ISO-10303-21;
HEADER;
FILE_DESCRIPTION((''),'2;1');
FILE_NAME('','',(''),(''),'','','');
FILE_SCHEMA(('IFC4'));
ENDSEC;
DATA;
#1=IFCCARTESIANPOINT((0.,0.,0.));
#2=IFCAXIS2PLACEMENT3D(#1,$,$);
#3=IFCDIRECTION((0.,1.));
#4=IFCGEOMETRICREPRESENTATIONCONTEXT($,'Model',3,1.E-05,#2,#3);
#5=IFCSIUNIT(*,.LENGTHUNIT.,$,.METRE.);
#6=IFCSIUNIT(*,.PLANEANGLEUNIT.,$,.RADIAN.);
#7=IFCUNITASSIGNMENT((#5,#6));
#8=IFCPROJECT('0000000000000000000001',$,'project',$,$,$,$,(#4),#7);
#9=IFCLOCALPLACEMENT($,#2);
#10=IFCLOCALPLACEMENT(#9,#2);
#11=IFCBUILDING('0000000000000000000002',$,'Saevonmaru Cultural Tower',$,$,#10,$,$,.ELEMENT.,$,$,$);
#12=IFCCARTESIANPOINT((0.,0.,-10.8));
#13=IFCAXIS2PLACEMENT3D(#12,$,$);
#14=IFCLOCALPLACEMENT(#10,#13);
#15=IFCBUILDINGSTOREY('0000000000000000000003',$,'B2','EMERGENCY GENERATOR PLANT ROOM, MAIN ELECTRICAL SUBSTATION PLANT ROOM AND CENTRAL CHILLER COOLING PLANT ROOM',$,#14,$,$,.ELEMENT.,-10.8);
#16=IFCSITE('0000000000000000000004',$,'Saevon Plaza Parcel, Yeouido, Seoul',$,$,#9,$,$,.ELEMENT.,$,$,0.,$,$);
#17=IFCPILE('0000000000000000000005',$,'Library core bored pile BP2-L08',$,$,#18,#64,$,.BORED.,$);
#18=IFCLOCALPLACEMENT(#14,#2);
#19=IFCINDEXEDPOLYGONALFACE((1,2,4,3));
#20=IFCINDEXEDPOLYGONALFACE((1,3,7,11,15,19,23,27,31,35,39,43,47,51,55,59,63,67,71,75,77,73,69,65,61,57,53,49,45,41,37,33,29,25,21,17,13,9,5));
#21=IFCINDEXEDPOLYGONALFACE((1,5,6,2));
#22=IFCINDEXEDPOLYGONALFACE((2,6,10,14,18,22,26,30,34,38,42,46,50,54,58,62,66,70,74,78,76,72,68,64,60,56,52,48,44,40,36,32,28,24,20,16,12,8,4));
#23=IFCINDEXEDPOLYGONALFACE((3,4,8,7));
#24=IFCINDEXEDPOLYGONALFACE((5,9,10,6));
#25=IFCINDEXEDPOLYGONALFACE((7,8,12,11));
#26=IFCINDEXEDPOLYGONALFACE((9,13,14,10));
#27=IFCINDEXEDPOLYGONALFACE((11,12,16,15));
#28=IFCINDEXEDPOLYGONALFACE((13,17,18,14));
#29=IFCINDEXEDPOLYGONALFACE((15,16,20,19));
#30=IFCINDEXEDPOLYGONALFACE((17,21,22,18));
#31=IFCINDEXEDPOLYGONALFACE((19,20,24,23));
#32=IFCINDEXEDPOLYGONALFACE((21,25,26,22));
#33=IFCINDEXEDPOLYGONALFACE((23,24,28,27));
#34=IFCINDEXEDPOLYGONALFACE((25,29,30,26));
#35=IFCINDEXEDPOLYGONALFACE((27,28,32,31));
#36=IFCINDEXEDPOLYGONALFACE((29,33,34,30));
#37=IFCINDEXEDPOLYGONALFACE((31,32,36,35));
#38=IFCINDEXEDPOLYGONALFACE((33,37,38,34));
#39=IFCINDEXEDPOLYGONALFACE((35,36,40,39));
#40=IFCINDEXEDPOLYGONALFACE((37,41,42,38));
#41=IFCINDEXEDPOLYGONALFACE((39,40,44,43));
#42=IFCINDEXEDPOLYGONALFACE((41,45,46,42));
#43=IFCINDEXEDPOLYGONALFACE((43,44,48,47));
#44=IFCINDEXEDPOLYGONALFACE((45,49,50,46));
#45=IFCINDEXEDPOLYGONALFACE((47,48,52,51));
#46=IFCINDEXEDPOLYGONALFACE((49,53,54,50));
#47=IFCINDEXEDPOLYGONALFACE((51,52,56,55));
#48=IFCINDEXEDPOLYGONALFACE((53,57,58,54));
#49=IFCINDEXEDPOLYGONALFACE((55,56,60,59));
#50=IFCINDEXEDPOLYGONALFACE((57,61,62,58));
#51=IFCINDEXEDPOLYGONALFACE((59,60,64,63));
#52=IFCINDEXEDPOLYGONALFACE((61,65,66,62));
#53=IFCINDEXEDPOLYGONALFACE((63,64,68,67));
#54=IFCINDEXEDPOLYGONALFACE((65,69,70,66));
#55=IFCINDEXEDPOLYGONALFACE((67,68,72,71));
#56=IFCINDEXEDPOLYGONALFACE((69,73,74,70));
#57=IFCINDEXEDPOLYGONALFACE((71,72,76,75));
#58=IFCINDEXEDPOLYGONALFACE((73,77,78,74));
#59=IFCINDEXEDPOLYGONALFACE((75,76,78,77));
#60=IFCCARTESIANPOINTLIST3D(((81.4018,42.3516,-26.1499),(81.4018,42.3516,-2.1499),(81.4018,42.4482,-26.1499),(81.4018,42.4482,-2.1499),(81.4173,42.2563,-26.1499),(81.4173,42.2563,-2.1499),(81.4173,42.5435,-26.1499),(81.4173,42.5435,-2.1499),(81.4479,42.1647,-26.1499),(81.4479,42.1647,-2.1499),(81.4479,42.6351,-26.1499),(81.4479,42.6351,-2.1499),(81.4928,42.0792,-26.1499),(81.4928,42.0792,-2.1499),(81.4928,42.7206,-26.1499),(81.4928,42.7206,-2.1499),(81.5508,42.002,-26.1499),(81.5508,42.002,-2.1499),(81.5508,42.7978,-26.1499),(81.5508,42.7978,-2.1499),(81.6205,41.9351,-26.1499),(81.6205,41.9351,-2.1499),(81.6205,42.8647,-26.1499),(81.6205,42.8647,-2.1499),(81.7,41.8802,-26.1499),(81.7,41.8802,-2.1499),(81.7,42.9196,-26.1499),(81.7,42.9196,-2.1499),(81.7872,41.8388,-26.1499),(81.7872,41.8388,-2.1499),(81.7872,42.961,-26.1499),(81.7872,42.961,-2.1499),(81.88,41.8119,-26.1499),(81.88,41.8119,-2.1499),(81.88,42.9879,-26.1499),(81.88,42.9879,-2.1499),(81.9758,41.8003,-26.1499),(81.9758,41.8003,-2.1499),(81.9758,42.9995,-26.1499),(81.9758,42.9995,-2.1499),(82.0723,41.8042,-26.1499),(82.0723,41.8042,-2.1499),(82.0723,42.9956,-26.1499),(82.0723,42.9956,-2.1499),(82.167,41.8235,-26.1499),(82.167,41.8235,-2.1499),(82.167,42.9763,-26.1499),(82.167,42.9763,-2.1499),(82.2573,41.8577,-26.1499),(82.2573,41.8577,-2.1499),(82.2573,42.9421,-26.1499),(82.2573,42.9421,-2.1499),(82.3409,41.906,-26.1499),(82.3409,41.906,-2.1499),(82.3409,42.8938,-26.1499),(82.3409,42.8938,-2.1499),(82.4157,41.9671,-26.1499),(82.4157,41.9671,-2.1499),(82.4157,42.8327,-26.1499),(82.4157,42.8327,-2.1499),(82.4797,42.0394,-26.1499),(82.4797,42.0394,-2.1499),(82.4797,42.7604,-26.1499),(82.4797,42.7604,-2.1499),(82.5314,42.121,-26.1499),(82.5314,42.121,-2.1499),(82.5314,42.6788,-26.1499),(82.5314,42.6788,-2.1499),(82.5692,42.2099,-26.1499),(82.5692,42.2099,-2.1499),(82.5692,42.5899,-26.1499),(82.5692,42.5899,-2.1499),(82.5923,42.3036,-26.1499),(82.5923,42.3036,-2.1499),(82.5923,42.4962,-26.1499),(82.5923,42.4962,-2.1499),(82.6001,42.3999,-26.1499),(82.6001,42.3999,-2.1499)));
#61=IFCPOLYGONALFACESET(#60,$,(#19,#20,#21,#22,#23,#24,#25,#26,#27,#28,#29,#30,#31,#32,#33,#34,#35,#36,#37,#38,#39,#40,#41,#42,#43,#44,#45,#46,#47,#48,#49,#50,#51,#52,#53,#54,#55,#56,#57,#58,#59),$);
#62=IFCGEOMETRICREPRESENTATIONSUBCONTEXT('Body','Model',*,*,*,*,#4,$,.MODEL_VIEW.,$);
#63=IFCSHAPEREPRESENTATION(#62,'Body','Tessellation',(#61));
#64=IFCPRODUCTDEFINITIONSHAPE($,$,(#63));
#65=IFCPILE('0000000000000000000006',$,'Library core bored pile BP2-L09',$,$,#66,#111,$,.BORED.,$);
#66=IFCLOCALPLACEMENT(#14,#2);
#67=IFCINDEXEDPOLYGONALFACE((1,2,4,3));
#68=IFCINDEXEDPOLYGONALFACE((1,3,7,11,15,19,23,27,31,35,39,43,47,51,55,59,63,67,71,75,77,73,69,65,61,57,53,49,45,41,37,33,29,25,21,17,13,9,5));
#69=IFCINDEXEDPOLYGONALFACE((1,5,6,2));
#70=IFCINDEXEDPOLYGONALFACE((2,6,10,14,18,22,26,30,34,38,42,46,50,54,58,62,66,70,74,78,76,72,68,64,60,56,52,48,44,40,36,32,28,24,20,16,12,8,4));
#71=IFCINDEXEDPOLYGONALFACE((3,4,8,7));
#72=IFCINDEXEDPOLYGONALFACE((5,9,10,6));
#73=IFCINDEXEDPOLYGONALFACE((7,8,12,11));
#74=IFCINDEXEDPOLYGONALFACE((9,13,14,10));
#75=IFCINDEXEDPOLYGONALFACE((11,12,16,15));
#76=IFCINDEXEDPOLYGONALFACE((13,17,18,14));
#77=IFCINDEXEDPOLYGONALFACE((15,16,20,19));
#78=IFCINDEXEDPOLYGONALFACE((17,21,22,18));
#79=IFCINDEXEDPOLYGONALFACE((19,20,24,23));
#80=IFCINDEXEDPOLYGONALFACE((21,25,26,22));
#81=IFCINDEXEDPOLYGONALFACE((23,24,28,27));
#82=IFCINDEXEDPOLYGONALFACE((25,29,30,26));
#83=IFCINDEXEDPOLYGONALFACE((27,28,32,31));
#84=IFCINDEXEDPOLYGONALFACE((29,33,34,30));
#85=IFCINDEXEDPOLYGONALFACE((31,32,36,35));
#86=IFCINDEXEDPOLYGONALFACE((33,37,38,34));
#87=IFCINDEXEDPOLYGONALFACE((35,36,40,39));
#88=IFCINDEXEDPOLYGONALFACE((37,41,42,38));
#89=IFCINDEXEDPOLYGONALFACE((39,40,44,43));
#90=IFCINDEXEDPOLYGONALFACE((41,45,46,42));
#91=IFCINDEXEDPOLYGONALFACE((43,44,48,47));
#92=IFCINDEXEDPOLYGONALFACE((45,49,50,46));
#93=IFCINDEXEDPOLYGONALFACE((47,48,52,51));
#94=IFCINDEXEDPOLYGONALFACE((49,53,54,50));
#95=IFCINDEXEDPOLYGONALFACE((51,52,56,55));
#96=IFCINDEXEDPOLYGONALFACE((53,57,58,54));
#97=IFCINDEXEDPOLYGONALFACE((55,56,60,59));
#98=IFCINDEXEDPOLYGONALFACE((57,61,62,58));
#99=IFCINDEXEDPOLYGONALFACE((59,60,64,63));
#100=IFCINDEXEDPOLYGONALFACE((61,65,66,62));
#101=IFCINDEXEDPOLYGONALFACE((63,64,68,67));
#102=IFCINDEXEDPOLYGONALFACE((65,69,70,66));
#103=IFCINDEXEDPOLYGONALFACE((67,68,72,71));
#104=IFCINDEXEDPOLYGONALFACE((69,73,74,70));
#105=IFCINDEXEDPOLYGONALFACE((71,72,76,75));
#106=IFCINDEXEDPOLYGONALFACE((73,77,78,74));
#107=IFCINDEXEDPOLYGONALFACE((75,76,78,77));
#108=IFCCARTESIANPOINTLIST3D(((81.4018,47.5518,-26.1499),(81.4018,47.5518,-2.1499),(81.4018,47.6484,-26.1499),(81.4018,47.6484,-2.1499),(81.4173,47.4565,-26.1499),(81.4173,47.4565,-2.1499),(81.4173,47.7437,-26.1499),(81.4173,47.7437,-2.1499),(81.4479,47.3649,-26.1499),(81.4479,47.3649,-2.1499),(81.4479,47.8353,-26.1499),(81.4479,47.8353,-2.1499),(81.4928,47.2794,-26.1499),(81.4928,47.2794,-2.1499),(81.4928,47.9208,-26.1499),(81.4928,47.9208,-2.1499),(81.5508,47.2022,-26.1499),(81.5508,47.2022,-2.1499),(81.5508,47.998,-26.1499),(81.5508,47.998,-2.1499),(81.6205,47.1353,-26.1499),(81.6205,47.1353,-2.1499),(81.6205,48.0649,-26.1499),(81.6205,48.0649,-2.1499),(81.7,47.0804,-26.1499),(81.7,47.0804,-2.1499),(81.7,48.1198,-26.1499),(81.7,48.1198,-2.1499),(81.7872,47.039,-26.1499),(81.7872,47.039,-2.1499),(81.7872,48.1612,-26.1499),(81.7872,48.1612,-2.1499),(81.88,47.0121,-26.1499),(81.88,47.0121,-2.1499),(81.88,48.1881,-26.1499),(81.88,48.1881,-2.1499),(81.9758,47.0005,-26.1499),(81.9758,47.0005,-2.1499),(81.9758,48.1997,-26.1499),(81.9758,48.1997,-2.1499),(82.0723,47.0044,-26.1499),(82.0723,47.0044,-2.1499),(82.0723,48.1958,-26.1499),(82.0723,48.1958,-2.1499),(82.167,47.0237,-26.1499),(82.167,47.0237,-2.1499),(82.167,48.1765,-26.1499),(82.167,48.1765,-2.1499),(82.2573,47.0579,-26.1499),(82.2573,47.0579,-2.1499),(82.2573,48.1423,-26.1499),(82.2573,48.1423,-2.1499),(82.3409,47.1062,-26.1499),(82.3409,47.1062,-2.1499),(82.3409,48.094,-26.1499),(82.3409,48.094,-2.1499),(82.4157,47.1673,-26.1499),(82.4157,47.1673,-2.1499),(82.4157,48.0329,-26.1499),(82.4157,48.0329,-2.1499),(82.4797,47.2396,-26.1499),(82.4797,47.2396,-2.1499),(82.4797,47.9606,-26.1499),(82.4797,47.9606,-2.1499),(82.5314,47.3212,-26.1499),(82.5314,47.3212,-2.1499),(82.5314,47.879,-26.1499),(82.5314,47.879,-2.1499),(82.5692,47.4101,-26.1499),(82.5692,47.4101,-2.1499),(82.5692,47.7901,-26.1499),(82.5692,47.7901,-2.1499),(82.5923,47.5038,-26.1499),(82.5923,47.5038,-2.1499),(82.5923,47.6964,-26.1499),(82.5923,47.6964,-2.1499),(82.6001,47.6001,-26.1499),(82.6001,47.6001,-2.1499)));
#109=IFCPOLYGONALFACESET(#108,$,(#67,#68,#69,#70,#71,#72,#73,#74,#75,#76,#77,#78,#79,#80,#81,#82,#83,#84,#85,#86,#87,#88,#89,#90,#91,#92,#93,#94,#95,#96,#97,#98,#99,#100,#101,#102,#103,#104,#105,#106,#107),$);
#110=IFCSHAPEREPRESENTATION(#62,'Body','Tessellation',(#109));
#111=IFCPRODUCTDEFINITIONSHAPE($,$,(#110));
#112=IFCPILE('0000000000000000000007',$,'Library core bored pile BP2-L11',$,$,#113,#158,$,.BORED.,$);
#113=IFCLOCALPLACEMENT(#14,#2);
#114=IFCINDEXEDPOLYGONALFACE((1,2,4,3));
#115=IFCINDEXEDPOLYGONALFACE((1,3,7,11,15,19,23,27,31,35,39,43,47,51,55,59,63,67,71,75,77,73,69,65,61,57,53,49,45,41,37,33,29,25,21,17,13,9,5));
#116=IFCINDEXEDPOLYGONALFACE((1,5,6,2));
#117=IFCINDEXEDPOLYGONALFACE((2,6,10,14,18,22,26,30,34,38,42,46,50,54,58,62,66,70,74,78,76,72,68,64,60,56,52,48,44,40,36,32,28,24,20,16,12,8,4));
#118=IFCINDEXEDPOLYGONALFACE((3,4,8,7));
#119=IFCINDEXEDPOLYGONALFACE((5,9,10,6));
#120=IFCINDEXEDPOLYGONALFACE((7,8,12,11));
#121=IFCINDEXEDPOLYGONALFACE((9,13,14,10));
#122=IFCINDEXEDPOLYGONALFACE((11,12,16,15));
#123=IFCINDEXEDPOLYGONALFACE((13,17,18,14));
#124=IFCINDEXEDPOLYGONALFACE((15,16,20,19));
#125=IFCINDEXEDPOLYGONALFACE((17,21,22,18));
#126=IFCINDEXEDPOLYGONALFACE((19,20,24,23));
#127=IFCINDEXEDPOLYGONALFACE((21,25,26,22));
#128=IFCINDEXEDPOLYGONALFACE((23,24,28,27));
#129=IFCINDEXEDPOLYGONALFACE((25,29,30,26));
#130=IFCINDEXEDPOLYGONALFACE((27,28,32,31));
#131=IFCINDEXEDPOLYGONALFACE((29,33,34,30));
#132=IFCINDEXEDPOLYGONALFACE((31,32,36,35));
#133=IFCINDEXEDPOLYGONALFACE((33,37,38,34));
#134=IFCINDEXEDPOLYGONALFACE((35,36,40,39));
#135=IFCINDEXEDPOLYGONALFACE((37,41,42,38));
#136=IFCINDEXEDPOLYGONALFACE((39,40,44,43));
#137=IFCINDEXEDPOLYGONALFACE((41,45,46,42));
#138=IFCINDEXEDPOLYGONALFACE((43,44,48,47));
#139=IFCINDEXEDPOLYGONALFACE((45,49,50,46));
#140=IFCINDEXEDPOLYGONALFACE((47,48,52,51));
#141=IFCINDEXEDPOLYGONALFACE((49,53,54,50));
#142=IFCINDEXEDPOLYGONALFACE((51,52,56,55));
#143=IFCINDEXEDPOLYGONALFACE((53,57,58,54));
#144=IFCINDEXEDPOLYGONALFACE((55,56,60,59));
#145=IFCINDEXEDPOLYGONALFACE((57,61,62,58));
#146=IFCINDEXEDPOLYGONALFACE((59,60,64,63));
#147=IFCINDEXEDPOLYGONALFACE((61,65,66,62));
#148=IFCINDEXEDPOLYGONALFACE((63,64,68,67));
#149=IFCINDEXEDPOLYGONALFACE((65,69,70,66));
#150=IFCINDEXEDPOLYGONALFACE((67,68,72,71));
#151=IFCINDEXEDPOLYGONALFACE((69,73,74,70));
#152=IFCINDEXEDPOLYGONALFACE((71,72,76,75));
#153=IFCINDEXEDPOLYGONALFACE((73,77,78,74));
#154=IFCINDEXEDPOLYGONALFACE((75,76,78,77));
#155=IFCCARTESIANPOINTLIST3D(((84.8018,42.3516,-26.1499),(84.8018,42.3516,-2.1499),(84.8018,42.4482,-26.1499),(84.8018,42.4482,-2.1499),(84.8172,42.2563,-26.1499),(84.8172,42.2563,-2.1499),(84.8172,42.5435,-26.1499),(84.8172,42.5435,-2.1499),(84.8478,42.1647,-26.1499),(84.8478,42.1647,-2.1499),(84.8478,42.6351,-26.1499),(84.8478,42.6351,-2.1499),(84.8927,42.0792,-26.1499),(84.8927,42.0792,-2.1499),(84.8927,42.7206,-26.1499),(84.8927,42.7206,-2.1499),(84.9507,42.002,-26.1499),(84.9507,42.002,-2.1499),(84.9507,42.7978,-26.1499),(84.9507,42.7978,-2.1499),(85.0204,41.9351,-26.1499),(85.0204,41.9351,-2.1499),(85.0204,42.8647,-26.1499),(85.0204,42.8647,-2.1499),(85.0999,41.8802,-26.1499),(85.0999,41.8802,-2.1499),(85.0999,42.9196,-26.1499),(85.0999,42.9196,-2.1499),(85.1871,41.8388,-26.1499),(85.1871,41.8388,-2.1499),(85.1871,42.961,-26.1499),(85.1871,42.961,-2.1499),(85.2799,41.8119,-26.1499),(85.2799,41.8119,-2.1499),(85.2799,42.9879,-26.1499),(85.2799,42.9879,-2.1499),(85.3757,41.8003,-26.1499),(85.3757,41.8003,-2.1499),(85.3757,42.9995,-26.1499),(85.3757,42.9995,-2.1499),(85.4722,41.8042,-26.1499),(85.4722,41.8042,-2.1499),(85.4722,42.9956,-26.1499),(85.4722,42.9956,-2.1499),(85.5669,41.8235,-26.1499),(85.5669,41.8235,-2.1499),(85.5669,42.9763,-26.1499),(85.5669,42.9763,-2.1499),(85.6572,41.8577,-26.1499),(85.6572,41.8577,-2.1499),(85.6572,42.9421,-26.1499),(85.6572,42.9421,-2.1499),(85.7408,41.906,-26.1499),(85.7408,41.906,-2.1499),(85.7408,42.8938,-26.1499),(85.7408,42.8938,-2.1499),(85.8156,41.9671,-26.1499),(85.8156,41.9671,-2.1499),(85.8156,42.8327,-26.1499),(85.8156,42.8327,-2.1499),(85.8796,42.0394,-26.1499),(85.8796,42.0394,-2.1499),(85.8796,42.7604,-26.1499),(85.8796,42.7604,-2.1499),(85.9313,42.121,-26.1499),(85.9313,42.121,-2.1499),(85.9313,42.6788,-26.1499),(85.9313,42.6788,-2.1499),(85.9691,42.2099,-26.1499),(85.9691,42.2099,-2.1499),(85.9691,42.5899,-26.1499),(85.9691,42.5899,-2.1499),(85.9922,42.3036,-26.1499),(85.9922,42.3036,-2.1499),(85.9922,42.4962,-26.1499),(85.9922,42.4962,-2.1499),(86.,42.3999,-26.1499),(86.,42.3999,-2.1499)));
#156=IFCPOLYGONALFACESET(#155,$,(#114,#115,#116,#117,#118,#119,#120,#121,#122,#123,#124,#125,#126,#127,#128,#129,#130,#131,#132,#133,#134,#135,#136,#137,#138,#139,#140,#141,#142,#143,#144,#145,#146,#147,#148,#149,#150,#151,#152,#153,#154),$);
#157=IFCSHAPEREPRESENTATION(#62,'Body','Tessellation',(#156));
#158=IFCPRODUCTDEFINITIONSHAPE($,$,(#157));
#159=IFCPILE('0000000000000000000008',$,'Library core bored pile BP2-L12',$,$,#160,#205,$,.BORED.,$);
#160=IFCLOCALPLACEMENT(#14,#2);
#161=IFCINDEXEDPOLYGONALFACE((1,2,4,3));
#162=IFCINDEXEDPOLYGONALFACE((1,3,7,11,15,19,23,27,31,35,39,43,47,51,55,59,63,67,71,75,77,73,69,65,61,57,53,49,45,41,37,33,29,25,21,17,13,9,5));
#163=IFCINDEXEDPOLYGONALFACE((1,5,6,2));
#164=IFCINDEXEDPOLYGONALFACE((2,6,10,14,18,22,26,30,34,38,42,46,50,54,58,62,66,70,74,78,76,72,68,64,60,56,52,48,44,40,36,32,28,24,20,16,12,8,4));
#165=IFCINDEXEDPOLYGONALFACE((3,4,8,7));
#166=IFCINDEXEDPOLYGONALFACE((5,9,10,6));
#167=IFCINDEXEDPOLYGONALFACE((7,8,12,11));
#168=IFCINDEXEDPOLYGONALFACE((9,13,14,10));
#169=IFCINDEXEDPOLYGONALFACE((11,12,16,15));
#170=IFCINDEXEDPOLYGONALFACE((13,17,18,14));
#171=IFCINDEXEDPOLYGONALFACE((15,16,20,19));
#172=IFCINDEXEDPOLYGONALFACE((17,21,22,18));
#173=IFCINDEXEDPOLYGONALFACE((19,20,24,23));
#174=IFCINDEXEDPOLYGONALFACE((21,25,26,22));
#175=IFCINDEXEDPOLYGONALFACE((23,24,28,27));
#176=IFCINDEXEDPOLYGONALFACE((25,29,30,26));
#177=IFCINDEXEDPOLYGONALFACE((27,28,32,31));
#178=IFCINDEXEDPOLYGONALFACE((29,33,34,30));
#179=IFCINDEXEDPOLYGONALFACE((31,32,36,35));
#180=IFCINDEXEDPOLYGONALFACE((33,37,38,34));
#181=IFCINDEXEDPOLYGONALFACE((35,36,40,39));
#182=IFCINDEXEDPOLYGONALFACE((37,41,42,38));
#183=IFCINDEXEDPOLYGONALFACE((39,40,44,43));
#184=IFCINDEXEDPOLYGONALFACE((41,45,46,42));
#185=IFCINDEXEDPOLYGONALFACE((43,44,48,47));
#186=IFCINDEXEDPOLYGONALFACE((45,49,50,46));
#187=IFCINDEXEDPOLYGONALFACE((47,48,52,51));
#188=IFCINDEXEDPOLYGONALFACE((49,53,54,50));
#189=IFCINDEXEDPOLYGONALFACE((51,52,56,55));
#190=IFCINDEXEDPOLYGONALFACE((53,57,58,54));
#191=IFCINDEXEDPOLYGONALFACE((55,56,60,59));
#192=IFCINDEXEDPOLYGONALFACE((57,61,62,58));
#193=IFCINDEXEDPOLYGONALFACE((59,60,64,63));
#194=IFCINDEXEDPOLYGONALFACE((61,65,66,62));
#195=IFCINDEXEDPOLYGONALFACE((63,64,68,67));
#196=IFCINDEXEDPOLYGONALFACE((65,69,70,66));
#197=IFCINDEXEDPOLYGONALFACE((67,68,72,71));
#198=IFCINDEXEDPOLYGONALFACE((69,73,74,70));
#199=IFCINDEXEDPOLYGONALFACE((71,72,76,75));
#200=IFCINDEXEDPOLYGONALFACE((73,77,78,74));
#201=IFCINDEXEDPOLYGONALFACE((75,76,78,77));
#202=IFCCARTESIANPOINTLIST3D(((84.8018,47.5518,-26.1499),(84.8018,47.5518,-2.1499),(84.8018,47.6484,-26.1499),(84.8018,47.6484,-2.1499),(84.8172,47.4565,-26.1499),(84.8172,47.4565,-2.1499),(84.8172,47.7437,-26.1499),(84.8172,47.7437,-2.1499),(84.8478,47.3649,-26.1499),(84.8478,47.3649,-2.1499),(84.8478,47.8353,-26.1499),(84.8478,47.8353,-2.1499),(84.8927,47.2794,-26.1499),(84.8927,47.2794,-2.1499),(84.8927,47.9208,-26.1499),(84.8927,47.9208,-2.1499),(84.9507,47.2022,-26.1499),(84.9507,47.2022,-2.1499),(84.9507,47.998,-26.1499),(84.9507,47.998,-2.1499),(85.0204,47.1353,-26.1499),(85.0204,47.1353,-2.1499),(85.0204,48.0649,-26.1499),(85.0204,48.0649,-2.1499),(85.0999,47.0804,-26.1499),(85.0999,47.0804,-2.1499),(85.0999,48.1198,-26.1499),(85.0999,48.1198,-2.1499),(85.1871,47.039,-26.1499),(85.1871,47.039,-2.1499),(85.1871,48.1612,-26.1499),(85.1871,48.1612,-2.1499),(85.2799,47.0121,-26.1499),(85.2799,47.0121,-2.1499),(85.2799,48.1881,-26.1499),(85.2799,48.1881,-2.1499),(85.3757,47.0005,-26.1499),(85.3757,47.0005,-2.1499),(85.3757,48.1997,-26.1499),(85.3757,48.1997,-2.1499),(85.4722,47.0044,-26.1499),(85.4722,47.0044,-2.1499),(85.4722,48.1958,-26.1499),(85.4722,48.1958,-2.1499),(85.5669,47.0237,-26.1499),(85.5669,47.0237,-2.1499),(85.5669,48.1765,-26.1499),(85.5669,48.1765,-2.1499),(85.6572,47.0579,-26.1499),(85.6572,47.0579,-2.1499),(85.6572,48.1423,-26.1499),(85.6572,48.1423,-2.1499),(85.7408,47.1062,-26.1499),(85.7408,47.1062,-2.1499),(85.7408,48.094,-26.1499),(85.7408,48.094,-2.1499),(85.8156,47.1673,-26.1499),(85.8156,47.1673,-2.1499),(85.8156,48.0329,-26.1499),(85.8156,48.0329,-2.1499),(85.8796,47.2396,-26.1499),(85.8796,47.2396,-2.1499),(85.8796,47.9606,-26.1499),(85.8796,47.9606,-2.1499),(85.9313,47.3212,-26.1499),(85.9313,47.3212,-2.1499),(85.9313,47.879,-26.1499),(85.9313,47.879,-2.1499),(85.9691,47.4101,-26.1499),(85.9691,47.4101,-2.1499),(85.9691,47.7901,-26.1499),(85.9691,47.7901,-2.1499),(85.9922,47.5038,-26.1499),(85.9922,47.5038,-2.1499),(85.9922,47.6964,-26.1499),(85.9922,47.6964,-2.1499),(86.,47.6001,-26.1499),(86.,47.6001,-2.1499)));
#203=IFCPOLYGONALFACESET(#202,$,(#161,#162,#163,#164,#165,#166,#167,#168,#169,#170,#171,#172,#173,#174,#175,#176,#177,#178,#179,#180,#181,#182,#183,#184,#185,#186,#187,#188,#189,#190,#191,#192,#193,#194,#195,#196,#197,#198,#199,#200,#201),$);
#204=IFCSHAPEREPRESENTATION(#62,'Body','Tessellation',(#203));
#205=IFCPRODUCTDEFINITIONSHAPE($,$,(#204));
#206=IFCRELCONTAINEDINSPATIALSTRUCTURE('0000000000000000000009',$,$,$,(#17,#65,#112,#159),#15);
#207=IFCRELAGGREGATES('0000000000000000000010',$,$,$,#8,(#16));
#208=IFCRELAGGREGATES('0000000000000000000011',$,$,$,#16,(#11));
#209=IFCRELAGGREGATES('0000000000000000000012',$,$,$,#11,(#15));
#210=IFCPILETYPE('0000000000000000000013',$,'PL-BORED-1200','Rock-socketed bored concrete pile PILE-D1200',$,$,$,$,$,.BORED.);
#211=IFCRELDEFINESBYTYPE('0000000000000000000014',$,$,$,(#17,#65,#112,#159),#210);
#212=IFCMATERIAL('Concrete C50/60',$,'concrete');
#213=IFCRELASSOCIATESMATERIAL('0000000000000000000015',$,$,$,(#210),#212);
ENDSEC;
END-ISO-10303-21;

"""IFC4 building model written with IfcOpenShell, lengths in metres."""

from ifc_helpers import new_model, si_unit, direction, frame, origin, origin_2d, place, context, subcontext, project, spatial, circle, extrude, material, material_profile, profile_set, type_object, element, save


model = new_model("IFC4")

# Units and contexts
model_context = context("Model", 3, precision=1e-05, world=origin(), true_north=direction((0.0, 1.0)))
body_context = subcontext(model_context, "Body", "Model", "MODEL_VIEW")
ifc_project = project(units=[si_unit("LENGTHUNIT", "METRE"), si_unit("PLANEANGLEUNIT", "RADIAN")], contexts=[model_context])

# Site, building, storey
site_placement = place(None, origin())
site = spatial("IfcSite", under=ifc_project, at=site_placement, Name="Saevon Plaza Parcel, Yeouido, Seoul", CompositionType="ELEMENT", RefElevation=0.0)
building_placement = place(site_placement, origin())
building = spatial("IfcBuilding", under=site, at=building_placement, Name="Saevonmaru Cultural Tower", CompositionType="ELEMENT")
storey_placement = place(building_placement, frame((0.0, 0.0, -10.8)))
storey = spatial("IfcBuildingStorey", under=building, at=storey_placement, Name="B2", Description="EMERGENCY GENERATOR PLANT ROOM, MAIN ELECTRICAL SUBSTATION PLANT ROOM AND CENTRAL CHILLER COOLING PLANT ROOM", CompositionType="ELEMENT", Elevation=-10.8)

# Shared definitions
ifc_material_1 = material(Name="Concrete C50/60", Category="concrete")

# Piles
ifc_material_profile_1 = material_profile(ifc_material_1, circle(Radius=0.6001, at=origin_2d()), Name="PILE-D1200")
ifc_profile_set_1 = profile_set([ifc_material_profile_1], Name="Concrete C50/60")
pile_type_1 = type_object("IfcPileType", Name="PL-BORED-1200", Description="Rock-socketed bored concrete pile PILE-D1200", PredefinedType="BORED", material=ifc_profile_set_1)
for number, where, z_axis, x_axis, name in (
    (1, (82.0, 42.3999, -2.1499), (0.0, 0.0, -1.0), (1.0, 0.0, 0.0), "Library core bored pile BP2-L08"),
    (2, (82.0, 47.6001, -2.1499), (0.0, 0.0, -1.0), (1.0, 0.0, 0.0), "Library core bored pile BP2-L09"),
    (3, (85.3999, 42.3999, -2.1499), (0.0, 0.0, -1.0), (1.0, 0.0, 0.0), "Library core bored pile BP2-L11"),
    (4, (85.3999, 47.6001, -2.1499), (0.0, 0.0, -1.0), (1.0, 0.0, 0.0), "Library core bored pile BP2-L12"),
):
    element("IfcPile", number, at=place(storey_placement, frame(where, z_axis=z_axis, x_axis=x_axis)), inside=storey, type_object=pile_type_1, Name=name, PredefinedType="BORED", context=body_context, shape_type="SweptSolid", body=[
        extrude(circle(Radius=0.6001, at=origin_2d()), origin(), (0.0, 0.0, 1.0), 24.0),
    ])

save(model, "model.ifc")
